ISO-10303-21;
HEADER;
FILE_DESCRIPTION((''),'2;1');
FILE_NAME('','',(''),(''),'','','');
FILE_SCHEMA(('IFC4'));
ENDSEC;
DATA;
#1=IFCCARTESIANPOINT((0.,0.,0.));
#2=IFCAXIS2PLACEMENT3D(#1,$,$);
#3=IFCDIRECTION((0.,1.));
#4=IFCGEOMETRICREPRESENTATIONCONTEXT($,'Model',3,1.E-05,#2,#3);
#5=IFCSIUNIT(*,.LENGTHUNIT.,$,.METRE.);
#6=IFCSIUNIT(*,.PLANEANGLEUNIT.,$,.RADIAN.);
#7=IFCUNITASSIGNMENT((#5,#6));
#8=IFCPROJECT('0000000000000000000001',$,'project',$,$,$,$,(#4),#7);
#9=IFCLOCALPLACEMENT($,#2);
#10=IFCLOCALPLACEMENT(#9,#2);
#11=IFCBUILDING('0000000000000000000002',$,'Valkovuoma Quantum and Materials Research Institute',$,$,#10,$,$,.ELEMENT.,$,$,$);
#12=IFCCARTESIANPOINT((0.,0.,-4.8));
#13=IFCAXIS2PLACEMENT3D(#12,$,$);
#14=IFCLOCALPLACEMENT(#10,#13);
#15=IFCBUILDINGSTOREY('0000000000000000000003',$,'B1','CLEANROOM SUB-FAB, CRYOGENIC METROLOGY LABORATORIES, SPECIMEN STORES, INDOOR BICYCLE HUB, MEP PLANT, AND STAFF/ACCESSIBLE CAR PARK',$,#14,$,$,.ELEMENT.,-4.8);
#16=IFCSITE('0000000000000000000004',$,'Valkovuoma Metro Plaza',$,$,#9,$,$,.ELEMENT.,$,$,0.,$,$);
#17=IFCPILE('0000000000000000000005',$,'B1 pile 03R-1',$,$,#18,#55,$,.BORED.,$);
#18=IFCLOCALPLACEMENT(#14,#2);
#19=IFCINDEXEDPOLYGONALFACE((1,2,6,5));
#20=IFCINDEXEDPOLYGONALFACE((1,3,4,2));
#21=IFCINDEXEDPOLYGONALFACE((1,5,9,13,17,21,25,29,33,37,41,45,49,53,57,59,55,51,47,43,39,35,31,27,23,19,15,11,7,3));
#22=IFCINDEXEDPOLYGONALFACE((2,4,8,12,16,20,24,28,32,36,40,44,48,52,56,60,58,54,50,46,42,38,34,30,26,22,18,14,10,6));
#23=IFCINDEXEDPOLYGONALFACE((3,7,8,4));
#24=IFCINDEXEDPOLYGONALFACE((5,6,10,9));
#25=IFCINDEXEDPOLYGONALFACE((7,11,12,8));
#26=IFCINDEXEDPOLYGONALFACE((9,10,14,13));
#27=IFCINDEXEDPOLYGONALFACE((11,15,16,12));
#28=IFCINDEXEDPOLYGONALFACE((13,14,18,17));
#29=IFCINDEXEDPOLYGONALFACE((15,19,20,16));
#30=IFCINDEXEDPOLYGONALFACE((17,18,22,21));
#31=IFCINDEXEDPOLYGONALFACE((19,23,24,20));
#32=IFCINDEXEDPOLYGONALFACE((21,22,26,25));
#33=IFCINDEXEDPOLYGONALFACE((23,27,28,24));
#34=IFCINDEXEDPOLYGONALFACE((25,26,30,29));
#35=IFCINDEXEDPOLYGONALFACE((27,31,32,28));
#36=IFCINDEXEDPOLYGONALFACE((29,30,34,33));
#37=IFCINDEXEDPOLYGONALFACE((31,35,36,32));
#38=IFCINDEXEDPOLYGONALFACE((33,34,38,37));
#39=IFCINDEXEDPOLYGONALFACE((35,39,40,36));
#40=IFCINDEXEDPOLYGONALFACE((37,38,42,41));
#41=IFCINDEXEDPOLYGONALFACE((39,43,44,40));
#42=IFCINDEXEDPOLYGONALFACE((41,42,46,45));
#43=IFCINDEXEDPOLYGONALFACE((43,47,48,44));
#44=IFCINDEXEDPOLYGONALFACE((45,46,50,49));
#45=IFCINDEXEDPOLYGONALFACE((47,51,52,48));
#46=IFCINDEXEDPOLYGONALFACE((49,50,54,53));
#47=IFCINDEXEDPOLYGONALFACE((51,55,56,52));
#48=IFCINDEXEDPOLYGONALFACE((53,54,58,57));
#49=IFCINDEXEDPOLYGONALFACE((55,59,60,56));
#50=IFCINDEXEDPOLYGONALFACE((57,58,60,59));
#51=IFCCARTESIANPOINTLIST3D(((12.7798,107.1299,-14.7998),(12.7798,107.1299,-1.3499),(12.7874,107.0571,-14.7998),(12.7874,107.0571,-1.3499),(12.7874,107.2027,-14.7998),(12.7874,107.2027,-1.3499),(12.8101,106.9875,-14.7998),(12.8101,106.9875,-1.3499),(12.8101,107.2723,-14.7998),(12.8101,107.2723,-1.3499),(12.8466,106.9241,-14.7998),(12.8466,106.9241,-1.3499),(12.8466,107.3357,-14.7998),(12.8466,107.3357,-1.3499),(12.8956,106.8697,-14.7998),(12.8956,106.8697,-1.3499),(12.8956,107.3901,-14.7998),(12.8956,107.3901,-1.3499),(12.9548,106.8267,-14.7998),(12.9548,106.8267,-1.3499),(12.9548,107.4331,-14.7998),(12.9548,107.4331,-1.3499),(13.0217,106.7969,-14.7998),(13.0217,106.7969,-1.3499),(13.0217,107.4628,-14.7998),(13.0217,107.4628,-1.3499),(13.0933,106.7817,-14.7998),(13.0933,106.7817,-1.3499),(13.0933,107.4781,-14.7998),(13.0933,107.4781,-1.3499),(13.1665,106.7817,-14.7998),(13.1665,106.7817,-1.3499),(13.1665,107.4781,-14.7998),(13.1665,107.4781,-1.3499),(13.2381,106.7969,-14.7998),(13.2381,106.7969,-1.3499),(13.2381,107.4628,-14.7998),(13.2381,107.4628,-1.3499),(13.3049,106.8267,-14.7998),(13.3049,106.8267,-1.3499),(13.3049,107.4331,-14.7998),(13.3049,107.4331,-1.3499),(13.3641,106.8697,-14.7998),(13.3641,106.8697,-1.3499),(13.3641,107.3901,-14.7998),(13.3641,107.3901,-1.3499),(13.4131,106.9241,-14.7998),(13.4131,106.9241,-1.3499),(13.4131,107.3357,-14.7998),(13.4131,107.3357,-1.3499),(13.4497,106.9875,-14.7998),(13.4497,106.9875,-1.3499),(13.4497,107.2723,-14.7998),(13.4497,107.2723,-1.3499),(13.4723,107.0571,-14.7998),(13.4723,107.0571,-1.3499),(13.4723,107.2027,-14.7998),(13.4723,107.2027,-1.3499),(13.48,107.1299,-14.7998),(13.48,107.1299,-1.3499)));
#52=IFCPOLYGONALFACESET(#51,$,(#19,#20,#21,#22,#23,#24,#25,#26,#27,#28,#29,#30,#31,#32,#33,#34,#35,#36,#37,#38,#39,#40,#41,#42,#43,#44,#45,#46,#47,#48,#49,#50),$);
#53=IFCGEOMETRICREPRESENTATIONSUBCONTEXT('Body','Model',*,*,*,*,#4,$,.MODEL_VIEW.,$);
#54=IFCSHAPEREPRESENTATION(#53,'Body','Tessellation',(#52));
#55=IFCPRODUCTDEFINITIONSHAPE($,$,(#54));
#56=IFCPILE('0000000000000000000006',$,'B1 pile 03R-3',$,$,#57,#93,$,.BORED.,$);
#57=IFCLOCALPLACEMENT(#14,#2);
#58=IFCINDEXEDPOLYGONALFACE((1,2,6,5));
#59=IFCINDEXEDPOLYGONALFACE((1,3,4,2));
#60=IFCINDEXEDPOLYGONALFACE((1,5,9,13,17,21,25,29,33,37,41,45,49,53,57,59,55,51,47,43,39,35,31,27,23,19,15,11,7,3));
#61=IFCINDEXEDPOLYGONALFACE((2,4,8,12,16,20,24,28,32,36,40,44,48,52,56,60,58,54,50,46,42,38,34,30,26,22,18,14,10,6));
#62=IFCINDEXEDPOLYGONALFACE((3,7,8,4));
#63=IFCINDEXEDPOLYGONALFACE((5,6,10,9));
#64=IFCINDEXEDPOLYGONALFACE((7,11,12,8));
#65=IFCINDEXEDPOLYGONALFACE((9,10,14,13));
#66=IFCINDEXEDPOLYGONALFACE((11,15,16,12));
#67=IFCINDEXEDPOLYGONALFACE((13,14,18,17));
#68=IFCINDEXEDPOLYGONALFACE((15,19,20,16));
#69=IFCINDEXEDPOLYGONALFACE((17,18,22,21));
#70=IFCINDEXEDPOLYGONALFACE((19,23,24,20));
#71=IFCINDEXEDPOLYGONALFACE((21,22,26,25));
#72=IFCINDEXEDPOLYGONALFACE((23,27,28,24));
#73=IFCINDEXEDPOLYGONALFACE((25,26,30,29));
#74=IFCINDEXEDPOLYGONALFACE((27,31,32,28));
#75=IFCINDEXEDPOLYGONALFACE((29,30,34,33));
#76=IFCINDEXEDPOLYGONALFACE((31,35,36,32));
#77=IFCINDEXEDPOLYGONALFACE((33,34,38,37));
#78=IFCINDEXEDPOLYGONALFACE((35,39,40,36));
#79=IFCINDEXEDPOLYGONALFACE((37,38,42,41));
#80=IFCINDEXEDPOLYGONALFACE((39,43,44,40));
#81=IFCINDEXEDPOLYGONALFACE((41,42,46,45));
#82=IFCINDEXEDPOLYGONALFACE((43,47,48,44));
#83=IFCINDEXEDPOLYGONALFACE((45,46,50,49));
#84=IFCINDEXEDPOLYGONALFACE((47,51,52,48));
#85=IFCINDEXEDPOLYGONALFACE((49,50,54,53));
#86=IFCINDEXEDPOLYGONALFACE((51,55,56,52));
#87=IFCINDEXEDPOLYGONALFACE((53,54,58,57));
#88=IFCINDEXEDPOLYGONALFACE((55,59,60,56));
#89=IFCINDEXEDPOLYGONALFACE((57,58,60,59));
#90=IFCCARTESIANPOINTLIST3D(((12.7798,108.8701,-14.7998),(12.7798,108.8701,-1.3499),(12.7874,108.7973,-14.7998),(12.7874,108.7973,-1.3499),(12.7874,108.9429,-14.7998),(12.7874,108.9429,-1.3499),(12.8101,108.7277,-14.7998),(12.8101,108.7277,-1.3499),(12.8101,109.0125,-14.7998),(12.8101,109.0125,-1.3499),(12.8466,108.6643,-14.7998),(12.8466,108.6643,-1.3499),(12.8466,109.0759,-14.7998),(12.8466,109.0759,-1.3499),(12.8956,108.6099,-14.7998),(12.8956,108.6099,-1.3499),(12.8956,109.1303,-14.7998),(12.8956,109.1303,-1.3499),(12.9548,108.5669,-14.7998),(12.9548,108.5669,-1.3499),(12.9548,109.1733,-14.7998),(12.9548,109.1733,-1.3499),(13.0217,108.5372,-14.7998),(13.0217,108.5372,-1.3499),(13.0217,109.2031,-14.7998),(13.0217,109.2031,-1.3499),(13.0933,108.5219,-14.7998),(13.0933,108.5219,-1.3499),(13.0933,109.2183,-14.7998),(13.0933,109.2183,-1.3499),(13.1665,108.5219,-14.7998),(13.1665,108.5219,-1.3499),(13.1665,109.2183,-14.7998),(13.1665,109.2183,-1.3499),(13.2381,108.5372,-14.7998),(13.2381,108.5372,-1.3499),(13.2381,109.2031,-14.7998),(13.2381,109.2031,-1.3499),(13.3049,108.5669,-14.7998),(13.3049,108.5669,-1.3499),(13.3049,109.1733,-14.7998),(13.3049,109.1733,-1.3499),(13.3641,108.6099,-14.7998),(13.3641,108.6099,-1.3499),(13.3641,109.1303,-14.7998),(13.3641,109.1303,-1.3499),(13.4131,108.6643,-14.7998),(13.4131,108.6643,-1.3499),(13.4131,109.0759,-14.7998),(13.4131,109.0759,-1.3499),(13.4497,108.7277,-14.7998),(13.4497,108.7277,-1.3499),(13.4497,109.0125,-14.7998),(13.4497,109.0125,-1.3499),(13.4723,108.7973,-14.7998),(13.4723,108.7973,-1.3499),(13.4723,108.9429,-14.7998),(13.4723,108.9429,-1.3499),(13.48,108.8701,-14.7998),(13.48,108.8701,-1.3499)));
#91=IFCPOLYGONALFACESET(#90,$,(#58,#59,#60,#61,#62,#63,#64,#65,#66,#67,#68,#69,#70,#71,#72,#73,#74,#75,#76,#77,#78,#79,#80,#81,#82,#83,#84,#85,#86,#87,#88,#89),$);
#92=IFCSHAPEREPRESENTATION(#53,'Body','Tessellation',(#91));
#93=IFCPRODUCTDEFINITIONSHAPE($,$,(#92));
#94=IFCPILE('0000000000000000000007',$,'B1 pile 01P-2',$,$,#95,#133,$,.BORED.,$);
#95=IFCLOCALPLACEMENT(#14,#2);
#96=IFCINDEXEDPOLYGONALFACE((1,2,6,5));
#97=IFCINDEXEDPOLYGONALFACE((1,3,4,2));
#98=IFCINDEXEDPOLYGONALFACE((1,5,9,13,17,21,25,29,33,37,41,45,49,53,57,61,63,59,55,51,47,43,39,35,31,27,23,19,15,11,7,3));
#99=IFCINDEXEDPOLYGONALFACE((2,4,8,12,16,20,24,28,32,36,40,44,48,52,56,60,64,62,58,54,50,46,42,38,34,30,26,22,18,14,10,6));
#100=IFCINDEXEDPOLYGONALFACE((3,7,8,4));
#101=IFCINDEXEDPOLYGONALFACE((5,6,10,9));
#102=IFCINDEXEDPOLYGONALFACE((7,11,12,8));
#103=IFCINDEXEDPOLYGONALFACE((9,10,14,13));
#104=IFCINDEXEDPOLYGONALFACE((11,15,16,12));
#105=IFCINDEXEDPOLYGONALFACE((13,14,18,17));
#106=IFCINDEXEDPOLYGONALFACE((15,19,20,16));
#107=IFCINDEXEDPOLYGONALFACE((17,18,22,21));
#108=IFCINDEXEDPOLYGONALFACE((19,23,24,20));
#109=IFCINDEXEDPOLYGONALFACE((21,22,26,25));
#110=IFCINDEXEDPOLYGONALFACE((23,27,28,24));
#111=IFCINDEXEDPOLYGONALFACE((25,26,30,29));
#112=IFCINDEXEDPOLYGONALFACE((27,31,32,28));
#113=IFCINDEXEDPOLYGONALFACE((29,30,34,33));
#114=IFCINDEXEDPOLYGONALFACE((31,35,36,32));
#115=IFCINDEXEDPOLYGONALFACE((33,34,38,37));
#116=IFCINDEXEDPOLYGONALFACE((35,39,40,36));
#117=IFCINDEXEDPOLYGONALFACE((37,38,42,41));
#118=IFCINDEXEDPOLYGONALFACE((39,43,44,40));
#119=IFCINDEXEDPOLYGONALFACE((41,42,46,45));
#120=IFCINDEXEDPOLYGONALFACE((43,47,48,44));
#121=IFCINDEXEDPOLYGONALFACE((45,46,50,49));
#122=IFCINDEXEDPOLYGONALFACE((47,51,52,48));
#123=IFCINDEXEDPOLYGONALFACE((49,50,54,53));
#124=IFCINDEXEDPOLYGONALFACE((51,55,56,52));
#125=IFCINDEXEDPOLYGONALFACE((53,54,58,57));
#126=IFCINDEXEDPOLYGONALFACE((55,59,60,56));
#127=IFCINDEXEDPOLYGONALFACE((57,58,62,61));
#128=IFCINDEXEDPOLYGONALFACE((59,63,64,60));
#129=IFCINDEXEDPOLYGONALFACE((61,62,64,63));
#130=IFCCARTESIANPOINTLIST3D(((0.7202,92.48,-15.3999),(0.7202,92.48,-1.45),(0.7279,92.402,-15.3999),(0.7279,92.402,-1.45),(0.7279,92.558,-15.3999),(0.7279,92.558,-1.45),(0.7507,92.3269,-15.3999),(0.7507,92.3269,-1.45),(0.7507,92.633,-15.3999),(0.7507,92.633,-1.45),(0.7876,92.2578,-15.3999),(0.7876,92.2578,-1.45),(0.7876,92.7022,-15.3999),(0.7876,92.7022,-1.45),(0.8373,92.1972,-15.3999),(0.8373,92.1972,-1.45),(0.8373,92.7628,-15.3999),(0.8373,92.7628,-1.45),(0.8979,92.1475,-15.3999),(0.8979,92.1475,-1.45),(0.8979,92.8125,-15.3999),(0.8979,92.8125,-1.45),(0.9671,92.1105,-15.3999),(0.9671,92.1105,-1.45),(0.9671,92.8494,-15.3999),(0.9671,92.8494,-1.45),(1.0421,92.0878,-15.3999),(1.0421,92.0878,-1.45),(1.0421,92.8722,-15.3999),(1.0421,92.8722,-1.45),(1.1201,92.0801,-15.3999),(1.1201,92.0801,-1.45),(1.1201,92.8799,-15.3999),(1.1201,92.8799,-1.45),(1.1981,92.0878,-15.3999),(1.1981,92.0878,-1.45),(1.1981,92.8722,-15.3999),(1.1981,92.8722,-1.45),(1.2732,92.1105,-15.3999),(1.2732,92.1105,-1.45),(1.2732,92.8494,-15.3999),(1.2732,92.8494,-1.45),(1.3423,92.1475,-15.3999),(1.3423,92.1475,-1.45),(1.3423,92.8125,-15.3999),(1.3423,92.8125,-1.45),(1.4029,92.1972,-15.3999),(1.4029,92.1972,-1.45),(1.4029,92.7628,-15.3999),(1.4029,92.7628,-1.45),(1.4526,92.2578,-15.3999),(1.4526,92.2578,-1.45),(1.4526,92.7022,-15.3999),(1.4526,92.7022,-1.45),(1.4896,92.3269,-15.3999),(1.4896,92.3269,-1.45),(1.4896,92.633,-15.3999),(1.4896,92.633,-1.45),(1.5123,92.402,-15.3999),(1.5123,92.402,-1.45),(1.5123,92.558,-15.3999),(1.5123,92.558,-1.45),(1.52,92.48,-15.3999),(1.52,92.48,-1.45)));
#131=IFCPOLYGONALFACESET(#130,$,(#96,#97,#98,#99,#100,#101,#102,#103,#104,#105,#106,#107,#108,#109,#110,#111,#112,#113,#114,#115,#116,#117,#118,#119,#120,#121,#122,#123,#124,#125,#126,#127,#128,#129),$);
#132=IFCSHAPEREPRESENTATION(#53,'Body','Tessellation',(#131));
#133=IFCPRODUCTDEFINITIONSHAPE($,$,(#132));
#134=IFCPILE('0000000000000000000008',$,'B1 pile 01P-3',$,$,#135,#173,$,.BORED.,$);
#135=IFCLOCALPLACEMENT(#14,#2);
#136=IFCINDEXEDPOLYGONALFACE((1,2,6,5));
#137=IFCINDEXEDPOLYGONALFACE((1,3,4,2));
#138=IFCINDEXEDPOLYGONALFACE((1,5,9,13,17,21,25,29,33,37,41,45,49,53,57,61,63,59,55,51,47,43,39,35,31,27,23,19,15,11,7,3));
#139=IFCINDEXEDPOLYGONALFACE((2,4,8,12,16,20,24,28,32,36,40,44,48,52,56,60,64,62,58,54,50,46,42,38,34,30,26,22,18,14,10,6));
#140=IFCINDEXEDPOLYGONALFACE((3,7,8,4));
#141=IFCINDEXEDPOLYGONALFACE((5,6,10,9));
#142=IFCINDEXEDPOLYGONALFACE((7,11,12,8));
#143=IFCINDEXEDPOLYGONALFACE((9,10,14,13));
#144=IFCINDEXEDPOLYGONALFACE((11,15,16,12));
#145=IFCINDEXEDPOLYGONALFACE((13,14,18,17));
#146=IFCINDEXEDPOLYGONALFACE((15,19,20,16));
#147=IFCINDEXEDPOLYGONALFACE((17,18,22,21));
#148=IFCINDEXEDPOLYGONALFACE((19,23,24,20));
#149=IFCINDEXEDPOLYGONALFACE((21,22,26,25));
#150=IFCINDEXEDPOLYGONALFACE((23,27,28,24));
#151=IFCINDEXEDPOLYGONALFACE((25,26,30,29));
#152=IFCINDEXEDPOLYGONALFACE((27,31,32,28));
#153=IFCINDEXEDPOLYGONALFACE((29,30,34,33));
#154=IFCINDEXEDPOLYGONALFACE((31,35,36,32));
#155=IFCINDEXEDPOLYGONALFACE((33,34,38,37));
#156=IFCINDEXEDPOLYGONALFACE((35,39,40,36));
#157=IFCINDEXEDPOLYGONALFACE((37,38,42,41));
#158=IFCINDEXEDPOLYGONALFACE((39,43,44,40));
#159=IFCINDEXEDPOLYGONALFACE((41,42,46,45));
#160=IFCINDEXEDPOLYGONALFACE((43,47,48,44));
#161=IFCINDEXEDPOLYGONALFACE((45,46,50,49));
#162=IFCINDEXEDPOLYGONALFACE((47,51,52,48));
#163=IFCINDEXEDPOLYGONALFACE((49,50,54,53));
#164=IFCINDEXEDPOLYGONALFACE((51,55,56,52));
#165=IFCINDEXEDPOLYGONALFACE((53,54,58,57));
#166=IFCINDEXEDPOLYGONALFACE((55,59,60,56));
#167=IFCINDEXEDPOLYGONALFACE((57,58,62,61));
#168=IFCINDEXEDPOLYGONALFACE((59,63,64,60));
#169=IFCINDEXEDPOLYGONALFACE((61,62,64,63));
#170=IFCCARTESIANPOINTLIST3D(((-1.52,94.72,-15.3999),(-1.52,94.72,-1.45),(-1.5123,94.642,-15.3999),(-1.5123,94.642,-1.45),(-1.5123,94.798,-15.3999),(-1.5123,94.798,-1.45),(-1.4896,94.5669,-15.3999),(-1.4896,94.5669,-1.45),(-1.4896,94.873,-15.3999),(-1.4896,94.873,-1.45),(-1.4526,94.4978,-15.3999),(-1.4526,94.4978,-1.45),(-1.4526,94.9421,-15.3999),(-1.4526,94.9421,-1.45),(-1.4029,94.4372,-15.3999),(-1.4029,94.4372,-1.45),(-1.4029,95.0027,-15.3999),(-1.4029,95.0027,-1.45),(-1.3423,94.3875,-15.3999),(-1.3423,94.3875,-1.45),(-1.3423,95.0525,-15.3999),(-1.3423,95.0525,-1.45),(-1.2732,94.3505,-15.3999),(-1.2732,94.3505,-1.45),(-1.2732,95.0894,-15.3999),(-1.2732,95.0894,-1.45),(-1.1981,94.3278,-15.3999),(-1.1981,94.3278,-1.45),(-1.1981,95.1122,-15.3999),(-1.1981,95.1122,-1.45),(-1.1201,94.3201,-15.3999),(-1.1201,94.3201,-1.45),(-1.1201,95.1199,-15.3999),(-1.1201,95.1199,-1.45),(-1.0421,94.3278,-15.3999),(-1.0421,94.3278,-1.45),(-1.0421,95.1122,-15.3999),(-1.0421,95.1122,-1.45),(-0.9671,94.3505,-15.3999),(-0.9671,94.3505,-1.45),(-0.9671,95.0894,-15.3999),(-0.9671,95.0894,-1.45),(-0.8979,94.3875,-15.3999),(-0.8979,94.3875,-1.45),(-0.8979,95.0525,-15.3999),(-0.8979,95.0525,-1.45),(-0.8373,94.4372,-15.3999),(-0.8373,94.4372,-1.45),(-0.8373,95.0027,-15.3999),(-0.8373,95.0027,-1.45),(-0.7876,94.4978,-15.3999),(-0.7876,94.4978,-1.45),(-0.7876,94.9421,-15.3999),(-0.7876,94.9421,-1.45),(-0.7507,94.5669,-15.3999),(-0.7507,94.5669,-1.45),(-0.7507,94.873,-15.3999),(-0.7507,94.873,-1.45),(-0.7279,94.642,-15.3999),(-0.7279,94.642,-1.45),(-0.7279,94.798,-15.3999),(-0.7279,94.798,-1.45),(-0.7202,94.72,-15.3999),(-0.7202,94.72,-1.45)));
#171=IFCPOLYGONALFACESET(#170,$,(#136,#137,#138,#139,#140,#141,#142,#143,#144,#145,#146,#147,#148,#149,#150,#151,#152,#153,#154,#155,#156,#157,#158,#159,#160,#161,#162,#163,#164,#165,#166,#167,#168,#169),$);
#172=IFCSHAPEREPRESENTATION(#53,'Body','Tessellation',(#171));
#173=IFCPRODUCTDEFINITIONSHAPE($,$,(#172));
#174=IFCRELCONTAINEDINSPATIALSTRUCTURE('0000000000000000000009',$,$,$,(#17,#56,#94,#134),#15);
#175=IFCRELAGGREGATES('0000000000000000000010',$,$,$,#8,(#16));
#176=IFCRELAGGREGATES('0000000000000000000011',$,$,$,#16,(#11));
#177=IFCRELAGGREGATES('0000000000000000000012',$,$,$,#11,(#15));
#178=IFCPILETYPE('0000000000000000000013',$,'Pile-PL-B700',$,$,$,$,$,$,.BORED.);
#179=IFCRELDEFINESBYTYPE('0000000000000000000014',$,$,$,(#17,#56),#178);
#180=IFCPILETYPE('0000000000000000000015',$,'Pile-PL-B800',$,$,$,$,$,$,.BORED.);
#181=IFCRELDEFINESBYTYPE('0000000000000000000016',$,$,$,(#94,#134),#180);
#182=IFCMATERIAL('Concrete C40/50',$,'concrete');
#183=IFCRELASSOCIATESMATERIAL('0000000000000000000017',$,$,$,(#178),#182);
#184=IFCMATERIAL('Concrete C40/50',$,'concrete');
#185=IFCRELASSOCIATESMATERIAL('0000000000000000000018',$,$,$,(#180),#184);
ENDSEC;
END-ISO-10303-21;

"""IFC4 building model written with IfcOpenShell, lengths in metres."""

from ifc_helpers import new_model, si_unit, direction, frame, origin, origin_2d, place, context, subcontext, project, spatial, circle, extrude, material, material_profile, profile_set, type_object, element, save


model = new_model("IFC4")

# Units and contexts
model_context = context("Model", 3, precision=1e-05, world=origin(), true_north=direction((0.0, 1.0)))
body_context = subcontext(model_context, "Body", "Model", "MODEL_VIEW")
ifc_project = project(units=[si_unit("LENGTHUNIT", "METRE"), si_unit("PLANEANGLEUNIT", "RADIAN")], contexts=[model_context])

# Site, building, storey
site_placement = place(None, origin())
site = spatial("IfcSite", under=ifc_project, at=site_placement, Name="Valkovuoma Metro Plaza", CompositionType="ELEMENT", RefElevation=0.0)
building_placement = place(site_placement, origin())
building = spatial("IfcBuilding", under=site, at=building_placement, Name="Valkovuoma Quantum and Materials Research Institute", CompositionType="ELEMENT")
storey_placement = place(building_placement, frame((0.0, 0.0, -4.8)))
storey = spatial("IfcBuildingStorey", under=building, at=storey_placement, Name="B1", Description="CLEANROOM SUB-FAB, CRYOGENIC METROLOGY LABORATORIES, SPECIMEN STORES, INDOOR BICYCLE HUB, MEP PLANT, AND STAFF/ACCESSIBLE CAR PARK", CompositionType="ELEMENT", Elevation=-4.8)

# Piles
ifc_material_1 = material(Name="Concrete C40/50", Category="concrete")
ifc_material_profile_1 = material_profile(ifc_material_1, circle(Radius=0.3501, at=origin_2d()), Name="Concrete C40/50")
ifc_profile_set_1 = profile_set([ifc_material_profile_1], Name="Concrete C40/50")
pile_type_1 = type_object("IfcPileType", Name="Pile-PL-B700", PredefinedType="BORED", material=ifc_profile_set_1)
for number, where, z_axis, x_axis, name in (
    (1, (13.1299, 107.1299, -1.3499), (0.0, 0.0, -1.0), (1.0, 0.0, 0.0), "B1 pile 03R-1"),
    (2, (13.1299, 108.8701, -1.3499), (0.0, 0.0, -1.0), (1.0, 0.0, 0.0), "B1 pile 03R-3"),
):
    element("IfcPile", number, at=place(storey_placement, frame(where, z_axis=z_axis, x_axis=x_axis)), inside=storey, type_object=pile_type_1, Name=name, PredefinedType="BORED", context=body_context, shape_type="SweptSolid", body=[
        extrude(circle(Radius=0.3501, at=origin_2d()), origin(), (0.0, 0.0, 1.0), 13.45),
    ])
ifc_material_2 = material(Name="Concrete C40/50", Category="concrete")
ifc_material_profile_2 = material_profile(ifc_material_2, circle(Radius=0.3999, at=origin_2d()), Name="Concrete C40/50")
ifc_profile_set_2 = profile_set([ifc_material_profile_2], Name="Concrete C40/50")
pile_type_2 = type_object("IfcPileType", Name="Pile-PL-B800", PredefinedType="BORED", material=ifc_profile_set_2)
for number, where, z_axis, x_axis, name in (
    (3, (1.1201, 92.48, -1.45), (0.0, 0.0, -1.0), (1.0, 0.0, 0.0), "B1 pile 01P-2"),
    (4, (-1.1201, 94.72, -1.45), (0.0, 0.0, -1.0), (1.0, 0.0, 0.0), "B1 pile 01P-3"),
):
    element("IfcPile", number, at=place(storey_placement, frame(where, z_axis=z_axis, x_axis=x_axis)), inside=storey, type_object=pile_type_2, Name=name, PredefinedType="BORED", context=body_context, shape_type="SweptSolid", body=[
        extrude(circle(Radius=0.3999, at=origin_2d()), origin(), (0.0, 0.0, 1.0), 13.95),
    ])

save(model, "model.ifc")
